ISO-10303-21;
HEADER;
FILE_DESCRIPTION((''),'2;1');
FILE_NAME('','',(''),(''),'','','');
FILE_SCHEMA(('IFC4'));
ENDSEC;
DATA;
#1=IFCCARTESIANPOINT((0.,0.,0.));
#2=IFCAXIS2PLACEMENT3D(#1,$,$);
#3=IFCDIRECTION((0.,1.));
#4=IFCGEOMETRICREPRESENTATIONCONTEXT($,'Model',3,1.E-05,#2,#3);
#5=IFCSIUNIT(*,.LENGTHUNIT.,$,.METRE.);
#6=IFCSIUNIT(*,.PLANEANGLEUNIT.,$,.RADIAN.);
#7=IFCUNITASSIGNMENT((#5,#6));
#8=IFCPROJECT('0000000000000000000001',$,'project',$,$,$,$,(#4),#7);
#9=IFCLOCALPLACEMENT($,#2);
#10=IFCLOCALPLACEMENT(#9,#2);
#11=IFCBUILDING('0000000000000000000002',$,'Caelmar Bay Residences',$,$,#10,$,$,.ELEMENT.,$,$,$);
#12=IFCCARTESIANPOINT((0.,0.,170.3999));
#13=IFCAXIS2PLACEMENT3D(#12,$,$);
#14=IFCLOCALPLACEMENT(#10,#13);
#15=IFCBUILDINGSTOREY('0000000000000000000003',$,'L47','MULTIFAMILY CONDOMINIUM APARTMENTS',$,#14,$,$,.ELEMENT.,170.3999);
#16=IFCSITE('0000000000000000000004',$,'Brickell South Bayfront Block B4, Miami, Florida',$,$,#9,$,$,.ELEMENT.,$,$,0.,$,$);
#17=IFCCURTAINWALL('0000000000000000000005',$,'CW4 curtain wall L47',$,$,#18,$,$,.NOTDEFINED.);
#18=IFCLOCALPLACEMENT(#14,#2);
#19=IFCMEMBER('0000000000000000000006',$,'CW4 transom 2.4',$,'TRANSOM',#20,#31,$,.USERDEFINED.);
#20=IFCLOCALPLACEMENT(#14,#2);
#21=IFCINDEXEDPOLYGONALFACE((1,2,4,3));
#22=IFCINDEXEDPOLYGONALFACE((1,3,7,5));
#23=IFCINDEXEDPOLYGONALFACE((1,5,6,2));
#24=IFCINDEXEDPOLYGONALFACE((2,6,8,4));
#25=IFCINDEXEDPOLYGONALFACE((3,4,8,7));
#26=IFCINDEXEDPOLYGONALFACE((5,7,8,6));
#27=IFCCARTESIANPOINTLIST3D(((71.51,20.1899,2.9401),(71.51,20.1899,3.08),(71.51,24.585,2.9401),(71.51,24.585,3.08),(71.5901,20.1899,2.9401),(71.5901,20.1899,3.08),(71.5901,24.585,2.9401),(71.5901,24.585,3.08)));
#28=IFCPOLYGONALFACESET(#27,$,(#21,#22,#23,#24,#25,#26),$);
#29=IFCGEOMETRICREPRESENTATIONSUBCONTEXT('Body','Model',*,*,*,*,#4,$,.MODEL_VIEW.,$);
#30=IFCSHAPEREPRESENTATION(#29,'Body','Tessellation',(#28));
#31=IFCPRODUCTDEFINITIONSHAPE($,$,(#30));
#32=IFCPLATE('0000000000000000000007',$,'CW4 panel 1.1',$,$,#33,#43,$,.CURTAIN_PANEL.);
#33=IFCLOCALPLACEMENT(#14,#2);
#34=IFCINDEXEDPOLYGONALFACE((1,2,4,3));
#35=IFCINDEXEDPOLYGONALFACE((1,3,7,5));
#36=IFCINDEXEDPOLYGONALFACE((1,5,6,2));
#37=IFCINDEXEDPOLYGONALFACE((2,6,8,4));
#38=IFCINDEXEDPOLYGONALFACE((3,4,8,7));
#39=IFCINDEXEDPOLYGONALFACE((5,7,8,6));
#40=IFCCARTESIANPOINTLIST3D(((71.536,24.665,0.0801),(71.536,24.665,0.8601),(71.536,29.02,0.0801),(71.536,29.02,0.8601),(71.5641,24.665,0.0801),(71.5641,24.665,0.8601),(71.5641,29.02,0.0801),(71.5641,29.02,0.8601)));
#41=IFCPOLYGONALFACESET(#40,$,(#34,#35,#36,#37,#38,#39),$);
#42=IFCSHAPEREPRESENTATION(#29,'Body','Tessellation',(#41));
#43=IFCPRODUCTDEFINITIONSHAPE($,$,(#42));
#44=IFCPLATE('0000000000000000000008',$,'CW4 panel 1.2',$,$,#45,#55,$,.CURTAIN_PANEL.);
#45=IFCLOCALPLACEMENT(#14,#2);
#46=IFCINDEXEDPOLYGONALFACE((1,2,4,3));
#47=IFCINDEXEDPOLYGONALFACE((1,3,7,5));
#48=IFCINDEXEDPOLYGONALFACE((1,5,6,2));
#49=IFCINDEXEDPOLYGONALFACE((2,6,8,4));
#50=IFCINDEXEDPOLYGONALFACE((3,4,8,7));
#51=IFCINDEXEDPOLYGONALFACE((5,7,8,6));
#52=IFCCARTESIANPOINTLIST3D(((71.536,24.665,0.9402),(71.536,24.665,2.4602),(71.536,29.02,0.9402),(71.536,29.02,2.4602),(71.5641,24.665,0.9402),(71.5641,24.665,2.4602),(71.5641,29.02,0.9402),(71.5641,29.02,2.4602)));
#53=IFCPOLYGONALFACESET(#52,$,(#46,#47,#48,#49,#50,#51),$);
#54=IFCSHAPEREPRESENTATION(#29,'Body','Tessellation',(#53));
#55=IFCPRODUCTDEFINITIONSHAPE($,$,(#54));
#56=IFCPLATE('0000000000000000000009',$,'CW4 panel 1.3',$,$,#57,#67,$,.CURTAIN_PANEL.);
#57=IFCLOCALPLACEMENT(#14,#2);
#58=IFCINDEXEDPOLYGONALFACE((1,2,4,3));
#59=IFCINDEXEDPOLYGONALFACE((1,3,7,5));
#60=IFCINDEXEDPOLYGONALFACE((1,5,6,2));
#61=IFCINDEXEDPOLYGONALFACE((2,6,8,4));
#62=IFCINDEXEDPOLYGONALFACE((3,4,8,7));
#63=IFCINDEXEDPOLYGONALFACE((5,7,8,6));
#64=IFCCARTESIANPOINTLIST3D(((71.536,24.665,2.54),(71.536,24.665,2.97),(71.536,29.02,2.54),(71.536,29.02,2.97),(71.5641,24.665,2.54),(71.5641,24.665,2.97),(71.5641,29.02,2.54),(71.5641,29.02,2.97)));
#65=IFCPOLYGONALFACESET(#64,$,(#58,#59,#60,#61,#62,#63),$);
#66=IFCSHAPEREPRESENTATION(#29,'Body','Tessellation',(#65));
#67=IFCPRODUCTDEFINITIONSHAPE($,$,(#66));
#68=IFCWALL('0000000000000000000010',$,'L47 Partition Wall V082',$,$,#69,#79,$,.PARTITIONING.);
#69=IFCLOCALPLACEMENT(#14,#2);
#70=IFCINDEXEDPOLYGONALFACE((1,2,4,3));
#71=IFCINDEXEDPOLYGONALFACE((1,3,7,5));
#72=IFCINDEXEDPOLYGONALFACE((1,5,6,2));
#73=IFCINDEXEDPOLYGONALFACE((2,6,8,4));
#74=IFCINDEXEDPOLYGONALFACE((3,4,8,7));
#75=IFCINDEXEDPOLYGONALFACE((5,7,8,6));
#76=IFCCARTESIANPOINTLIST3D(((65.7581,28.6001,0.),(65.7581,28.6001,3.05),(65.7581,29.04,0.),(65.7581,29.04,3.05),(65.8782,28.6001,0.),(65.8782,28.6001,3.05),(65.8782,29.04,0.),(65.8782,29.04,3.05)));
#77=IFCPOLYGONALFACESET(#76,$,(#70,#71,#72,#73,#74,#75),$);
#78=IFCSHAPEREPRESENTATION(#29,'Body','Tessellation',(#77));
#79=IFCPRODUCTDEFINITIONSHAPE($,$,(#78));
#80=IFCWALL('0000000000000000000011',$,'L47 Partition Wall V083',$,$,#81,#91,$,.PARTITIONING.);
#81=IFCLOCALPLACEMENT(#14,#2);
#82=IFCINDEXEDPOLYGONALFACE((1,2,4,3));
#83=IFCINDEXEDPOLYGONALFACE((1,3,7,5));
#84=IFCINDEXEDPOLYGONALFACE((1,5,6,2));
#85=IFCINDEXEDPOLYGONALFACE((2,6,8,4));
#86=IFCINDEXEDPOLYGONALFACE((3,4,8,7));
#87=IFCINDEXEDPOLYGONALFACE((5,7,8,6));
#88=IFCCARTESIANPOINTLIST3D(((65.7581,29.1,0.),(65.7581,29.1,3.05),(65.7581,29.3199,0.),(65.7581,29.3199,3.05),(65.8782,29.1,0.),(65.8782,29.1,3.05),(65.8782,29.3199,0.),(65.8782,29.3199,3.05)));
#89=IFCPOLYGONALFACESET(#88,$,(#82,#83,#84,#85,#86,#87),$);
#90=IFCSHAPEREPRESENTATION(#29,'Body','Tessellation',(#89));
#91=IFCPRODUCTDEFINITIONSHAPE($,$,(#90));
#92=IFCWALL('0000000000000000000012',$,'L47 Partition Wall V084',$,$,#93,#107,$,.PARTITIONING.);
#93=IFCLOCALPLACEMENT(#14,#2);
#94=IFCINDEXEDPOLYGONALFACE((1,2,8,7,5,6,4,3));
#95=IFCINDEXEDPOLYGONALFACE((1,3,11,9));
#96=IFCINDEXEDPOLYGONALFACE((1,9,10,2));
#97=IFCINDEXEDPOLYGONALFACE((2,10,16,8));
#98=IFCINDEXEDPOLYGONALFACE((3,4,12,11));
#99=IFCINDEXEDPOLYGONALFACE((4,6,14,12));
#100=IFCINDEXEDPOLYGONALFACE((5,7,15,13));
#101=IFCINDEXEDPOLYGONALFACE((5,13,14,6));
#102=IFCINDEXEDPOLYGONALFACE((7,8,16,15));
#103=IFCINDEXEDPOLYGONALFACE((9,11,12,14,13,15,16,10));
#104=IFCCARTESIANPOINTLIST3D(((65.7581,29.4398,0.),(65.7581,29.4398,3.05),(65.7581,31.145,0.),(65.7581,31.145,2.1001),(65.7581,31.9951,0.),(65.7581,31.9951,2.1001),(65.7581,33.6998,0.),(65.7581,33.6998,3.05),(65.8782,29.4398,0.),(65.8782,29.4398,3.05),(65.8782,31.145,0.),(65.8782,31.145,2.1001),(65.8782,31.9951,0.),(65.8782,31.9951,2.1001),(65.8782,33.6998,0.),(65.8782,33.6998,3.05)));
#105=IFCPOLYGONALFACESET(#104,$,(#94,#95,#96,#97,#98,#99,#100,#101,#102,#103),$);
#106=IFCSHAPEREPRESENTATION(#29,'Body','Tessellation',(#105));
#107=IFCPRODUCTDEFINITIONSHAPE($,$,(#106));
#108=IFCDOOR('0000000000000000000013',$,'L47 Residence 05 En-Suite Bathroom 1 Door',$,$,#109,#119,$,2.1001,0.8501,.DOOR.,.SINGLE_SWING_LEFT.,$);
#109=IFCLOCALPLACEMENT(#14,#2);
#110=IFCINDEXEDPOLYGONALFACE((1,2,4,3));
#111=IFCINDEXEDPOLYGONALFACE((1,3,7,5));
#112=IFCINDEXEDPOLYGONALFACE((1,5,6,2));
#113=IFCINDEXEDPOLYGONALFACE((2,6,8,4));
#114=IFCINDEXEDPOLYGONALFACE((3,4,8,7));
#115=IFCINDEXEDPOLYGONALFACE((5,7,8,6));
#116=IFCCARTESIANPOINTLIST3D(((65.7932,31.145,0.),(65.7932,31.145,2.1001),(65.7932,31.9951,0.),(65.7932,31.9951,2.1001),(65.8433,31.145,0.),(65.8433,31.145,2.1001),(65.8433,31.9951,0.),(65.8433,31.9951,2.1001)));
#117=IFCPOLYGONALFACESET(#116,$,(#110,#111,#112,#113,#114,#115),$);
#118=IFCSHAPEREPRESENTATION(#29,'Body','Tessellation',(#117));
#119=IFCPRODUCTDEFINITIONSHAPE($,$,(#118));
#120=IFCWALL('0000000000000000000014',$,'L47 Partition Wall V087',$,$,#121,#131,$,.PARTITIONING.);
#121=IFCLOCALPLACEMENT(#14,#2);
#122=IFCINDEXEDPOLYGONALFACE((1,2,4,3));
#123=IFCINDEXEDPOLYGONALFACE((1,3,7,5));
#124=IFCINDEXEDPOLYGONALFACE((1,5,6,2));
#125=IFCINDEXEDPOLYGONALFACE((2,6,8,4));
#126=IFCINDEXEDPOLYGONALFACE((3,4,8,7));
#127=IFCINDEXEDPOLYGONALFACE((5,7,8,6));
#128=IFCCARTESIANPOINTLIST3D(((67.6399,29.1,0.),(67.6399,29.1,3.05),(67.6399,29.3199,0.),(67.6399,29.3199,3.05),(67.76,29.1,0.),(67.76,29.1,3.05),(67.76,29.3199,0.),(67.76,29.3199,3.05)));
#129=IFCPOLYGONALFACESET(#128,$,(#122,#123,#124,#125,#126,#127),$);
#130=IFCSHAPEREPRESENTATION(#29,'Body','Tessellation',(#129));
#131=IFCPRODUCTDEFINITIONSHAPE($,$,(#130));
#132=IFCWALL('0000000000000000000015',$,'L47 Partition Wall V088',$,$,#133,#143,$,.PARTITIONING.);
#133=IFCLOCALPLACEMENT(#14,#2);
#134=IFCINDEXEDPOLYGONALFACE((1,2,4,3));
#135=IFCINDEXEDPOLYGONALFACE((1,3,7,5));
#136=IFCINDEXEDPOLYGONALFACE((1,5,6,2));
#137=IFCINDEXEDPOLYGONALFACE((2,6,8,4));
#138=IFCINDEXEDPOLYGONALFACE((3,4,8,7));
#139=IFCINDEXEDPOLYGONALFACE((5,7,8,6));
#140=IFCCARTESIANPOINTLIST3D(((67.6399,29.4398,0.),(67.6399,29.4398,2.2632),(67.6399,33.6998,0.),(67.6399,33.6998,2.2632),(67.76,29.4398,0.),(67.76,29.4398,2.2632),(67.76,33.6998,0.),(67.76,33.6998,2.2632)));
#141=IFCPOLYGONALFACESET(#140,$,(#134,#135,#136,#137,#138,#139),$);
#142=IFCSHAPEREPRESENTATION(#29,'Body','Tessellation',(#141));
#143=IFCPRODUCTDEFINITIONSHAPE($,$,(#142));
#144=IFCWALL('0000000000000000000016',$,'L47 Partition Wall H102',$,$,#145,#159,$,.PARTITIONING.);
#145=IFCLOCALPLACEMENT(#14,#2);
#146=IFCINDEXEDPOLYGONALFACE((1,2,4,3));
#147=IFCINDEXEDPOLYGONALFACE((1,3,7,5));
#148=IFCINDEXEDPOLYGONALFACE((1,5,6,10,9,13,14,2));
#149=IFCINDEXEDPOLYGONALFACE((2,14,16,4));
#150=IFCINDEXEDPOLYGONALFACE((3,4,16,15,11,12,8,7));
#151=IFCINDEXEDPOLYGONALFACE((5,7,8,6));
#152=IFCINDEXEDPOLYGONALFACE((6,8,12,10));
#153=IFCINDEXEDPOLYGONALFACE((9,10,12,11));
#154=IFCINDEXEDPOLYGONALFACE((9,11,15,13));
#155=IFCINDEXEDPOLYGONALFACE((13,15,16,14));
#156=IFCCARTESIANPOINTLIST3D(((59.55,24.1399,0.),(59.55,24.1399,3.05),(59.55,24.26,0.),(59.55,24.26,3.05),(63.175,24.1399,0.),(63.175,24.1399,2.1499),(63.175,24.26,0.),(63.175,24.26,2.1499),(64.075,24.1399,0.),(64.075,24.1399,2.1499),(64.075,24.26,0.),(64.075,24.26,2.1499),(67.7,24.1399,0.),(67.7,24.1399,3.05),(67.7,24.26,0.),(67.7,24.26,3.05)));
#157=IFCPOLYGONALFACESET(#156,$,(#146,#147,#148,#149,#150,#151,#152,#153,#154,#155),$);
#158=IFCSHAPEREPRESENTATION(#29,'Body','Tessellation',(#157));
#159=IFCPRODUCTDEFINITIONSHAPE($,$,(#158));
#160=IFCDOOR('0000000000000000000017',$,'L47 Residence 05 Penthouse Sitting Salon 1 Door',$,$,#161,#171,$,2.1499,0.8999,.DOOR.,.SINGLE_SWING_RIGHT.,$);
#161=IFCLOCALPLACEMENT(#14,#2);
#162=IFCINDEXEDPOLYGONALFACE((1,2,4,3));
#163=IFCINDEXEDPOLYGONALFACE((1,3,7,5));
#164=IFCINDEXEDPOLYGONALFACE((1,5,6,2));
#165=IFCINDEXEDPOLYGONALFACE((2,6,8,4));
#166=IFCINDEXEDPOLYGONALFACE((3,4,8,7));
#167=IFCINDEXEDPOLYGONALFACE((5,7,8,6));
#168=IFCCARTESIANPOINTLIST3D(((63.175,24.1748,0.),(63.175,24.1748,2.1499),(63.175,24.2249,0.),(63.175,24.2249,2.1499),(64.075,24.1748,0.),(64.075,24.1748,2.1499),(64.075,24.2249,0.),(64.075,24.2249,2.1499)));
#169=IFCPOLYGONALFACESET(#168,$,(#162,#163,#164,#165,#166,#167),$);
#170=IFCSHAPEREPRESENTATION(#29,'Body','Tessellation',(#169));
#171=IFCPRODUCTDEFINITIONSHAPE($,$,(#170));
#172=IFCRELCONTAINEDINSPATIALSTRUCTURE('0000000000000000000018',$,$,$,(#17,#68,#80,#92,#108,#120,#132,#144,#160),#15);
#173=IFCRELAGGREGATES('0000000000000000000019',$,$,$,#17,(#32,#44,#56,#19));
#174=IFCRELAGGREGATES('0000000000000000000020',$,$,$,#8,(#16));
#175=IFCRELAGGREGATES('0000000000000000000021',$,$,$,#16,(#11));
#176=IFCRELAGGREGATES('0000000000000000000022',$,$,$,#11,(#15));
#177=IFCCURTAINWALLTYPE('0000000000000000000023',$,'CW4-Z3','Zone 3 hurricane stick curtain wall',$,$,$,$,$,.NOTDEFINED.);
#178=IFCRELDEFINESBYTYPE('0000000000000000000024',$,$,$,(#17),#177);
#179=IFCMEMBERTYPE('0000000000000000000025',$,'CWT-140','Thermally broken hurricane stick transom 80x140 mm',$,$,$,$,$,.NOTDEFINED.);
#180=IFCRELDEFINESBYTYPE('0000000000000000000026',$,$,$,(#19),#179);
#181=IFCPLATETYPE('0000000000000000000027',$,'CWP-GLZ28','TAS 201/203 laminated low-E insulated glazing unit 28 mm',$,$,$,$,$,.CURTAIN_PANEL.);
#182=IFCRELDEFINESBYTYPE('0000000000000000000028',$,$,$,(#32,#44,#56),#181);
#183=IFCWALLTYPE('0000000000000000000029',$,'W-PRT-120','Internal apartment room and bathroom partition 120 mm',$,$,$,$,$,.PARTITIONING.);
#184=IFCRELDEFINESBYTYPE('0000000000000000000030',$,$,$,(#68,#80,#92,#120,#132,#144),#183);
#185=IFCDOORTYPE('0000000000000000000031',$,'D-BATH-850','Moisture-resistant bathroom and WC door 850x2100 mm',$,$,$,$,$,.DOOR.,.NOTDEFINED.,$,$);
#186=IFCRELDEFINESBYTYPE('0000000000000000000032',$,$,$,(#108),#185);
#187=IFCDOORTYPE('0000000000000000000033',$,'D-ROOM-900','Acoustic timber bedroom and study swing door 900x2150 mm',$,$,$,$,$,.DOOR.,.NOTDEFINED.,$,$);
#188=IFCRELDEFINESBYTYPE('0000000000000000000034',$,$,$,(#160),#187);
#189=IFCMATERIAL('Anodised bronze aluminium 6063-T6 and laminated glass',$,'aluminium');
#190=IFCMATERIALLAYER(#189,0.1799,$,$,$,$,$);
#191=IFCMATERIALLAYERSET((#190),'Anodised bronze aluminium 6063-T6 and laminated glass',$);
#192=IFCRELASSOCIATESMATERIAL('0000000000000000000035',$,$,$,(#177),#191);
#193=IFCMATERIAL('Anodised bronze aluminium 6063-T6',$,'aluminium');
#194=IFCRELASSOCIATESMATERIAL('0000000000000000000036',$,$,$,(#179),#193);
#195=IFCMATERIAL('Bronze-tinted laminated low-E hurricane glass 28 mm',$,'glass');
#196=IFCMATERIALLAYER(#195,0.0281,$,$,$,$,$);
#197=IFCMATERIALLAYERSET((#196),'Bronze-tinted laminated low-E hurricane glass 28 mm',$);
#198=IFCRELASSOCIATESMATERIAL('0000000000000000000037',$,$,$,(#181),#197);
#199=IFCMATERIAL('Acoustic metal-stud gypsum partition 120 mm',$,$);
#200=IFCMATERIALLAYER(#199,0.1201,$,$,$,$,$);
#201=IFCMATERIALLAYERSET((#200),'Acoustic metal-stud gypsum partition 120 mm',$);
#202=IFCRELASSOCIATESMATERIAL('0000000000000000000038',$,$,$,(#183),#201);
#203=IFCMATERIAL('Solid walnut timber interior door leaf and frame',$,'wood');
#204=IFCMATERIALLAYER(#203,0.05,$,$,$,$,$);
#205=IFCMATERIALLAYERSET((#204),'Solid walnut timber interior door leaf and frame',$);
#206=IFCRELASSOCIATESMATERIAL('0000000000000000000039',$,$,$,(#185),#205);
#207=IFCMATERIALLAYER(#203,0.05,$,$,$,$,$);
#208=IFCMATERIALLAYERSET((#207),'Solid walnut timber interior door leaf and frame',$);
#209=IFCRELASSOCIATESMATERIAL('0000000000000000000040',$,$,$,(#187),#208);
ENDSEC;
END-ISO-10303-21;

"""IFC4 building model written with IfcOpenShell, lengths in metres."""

from ifc_helpers import new_model, si_unit, direction, frame, frame_2d, origin, origin_2d, place, context, subcontext, project, spatial, rectangle, extrude, material, layer, layer_set, material_profile, profile_set, type_object, element, fill, aggregate, save


model = new_model("IFC4")

# Units and contexts
model_context = context("Model", 3, precision=1e-05, world=origin(), true_north=direction((0.0, 1.0)))
body_context = subcontext(model_context, "Body", "Model", "MODEL_VIEW")
ifc_project = project(units=[si_unit("LENGTHUNIT", "METRE"), si_unit("PLANEANGLEUNIT", "RADIAN")], contexts=[model_context])

# Site, building, storey
site_placement = place(None, origin())
site = spatial("IfcSite", under=ifc_project, at=site_placement, Name="Brickell South Bayfront Block B4, Miami, Florida", CompositionType="ELEMENT", RefElevation=0.0)
building_placement = place(site_placement, origin())
building = spatial("IfcBuilding", under=site, at=building_placement, Name="Caelmar Bay Residences", CompositionType="ELEMENT")
storey_placement = place(building_placement, frame((0.0, 0.0, 170.3999)))
storey = spatial("IfcBuildingStorey", under=building, at=storey_placement, Name="L47", Description="MULTIFAMILY CONDOMINIUM APARTMENTS", CompositionType="ELEMENT", Elevation=170.3999)

# Curtain wall, member, plates
ifc_material_1 = material(Name="Anodised bronze aluminium 6063-T6 and laminated glass", Category="aluminium")
ifc_layer_1 = layer(ifc_material_1, 0.1799)
ifc_layer_set_1 = layer_set([ifc_layer_1], Name="Anodised bronze aluminium 6063-T6 and laminated glass")
curtain_wall_type = type_object("IfcCurtainWallType", Name="CW4-Z3", Description="Zone 3 hurricane stick curtain wall", PredefinedType="NOTDEFINED", material=ifc_layer_set_1)
curtain_wall_placement = place(storey_placement, origin())
curtain_wall = element("IfcCurtainWall", 1, at=curtain_wall_placement, inside=storey, type_object=curtain_wall_type, Name="CW4 curtain wall L47", PredefinedType="NOTDEFINED")
ifc_material_2 = material(Name="Anodised bronze aluminium 6063-T6", Category="aluminium")
ifc_material_profile_1 = material_profile(ifc_material_2, rectangle(XDim=0.0801, YDim=0.1399, at=origin_2d()), Name="CWT-80X140")
ifc_profile_set_1 = profile_set([ifc_material_profile_1], Name="Anodised bronze aluminium 6063-T6")
member_type_1 = type_object("IfcMemberType", Name="CWT-140", Description="Thermally broken hurricane stick transom 80x140 mm", PredefinedType="NOTDEFINED", material=ifc_profile_set_1)
member_1_placement = place(storey_placement, frame((71.55, 24.585, 3.01), z_axis=(0.0, -1.0, 0.0), x_axis=(1.0, 0.0, 0.0)))
member_1 = element("IfcMember", 2, at=member_1_placement, type_object=member_type_1, Name="CW4 transom 2.4", ObjectType="TRANSOM", PredefinedType="USERDEFINED", context=body_context, shape_type="SweptSolid", body=[
    extrude(rectangle(XDim=0.0801, YDim=0.1399, at=origin_2d()), origin(), (0.0, 0.0, 1.0), 4.395),
])
ifc_material_3 = material(Name="Bronze-tinted laminated low-E hurricane glass 28 mm", Category="glass")
ifc_layer_2 = layer(ifc_material_3, 0.0281)
ifc_layer_set_2 = layer_set([ifc_layer_2], Name="Bronze-tinted laminated low-E hurricane glass 28 mm")
plate_type = type_object("IfcPlateType", Name="CWP-GLZ28", Description="TAS 201/203 laminated low-E insulated glazing unit 28 mm", PredefinedType="CURTAIN_PANEL", material=ifc_layer_set_2)
plate_1_placement = place(storey_placement, frame((71.55, 26.8425, 0.0801), z_axis=(0.0, 0.0, 1.0), x_axis=(0.0, -1.0, 0.0)))
plate_1 = element("IfcPlate", 3, at=plate_1_placement, type_object=plate_type, Name="CW4 panel 1.1", PredefinedType="CURTAIN_PANEL", context=body_context, shape_type="SweptSolid", body=[
    extrude(rectangle(XDim=4.355, YDim=0.0281, at=origin_2d()), origin(), (0.0, 0.0, 1.0), 0.78),
])
plate_2_placement = place(storey_placement, frame((71.55, 26.8425, 0.9402), z_axis=(0.0, 0.0, 1.0), x_axis=(0.0, -1.0, 0.0)))
plate_2 = element("IfcPlate", 4, at=plate_2_placement, type_object=plate_type, Name="CW4 panel 1.2", PredefinedType="CURTAIN_PANEL", context=body_context, shape_type="SweptSolid", body=[
    extrude(rectangle(XDim=4.355, YDim=0.0281, at=origin_2d()), origin(), (0.0, 0.0, 1.0), 1.52),
])
plate_3_placement = place(storey_placement, frame((71.55, 26.8425, 2.54), z_axis=(0.0, 0.0, 1.0), x_axis=(0.0, -1.0, 0.0)))
plate_3 = element("IfcPlate", 5, at=plate_3_placement, type_object=plate_type, Name="CW4 panel 1.3", PredefinedType="CURTAIN_PANEL", context=body_context, shape_type="SweptSolid", body=[
    extrude(rectangle(XDim=4.355, YDim=0.0281, at=origin_2d()), origin(), (0.0, 0.0, 1.0), 0.4299),
])
aggregate(curtain_wall, [plate_1, plate_2, plate_3, member_1])

# Walls
ifc_material_4 = material(Name="Acoustic metal-stud gypsum partition 120 mm")
ifc_layer_3 = layer(ifc_material_4, 0.1201)
ifc_layer_set_3 = layer_set([ifc_layer_3], Name="Acoustic metal-stud gypsum partition 120 mm")
wall_type = type_object("IfcWallType", Name="W-PRT-120", Description="Internal apartment room and bathroom partition 120 mm", PredefinedType="PARTITIONING", material=ifc_layer_set_3)
wall_1_placement = place(storey_placement, frame((65.8181, 28.6001, 0.0), z_axis=(0.0, 0.0, 1.0), x_axis=(0.0, 1.0, 0.0)))
element("IfcWall", 6, at=wall_1_placement, inside=storey, type_object=wall_type, Name="L47 Partition Wall V082", PredefinedType="PARTITIONING", context=body_context, shape_type="SweptSolid", body=[
    extrude(rectangle(XDim=0.4399, YDim=0.1201, at=frame_2d((0.22, 0.0))), origin(), (0.0, 0.0, 1.0), 3.05),
])
wall_2_placement = place(storey_placement, frame((65.8181, 29.1001, 0.0), z_axis=(0.0, 0.0, 1.0), x_axis=(0.0, 1.0, 0.0)))
element("IfcWall", 7, at=wall_2_placement, inside=storey, type_object=wall_type, Name="L47 Partition Wall V083", PredefinedType="PARTITIONING", context=body_context, shape_type="SweptSolid", body=[
    extrude(rectangle(XDim=0.22, YDim=0.1201, at=frame_2d((0.1099, 0.0))), origin(), (0.0, 0.0, 1.0), 3.05),
])

# Wall, opening, door
wall_3_placement = place(storey_placement, frame((65.8181, 29.4399, 0.0), z_axis=(0.0, 0.0, 1.0), x_axis=(0.0, 1.0, 0.0)))
wall_3 = element("IfcWall", 8, at=wall_3_placement, inside=storey, type_object=wall_type, Name="L47 Partition Wall V084", PredefinedType="PARTITIONING", context=body_context, shape_type="SweptSolid", body=[
    extrude(rectangle(XDim=4.26, YDim=0.1201, at=frame_2d((2.1299, 0.0))), origin(), (0.0, 0.0, 1.0), 3.05),
])
opening_1_placement = place(wall_3_placement, frame((1.7051, 0.0, 0.0)))
opening_1 = element("IfcOpeningElement", 9, at=opening_1_placement, cuts=wall_3, PredefinedType="OPENING", context=body_context, shape_type="SweptSolid", body=[
    extrude(rectangle(XDim=0.8501, YDim=2.1001, at=frame_2d((0.425, 1.05))), frame((0.0, 0.0701, 0.0), z_axis=(0.0, -1.0, 0.0), x_axis=(1.0, 0.0, 0.0)), (0.0, 0.0, 1.0), 0.1401),
])
ifc_material_5 = material(Name="Solid walnut timber interior door leaf and frame", Category="wood")
ifc_layer_4 = layer(ifc_material_5, 0.05)
ifc_layer_set_4 = layer_set([ifc_layer_4], Name="Solid walnut timber interior door leaf and frame")
door_type_1 = type_object("IfcDoorType", Name="D-BATH-850", Description="Moisture-resistant bathroom and WC door 850x2100 mm", OperationType="NOTDEFINED", PredefinedType="DOOR", material=ifc_layer_set_4)
door_1_placement = place(opening_1_placement, origin())
door_1 = element("IfcDoor", 10, at=door_1_placement, inside=storey, type_object=door_type_1, Name="L47 Residence 05 En-Suite Bathroom 1 Door", OperationType="SINGLE_SWING_LEFT", OverallHeight=2.1001, OverallWidth=0.8501, PredefinedType="DOOR", context=body_context, shape_type="SweptSolid", body=[
    extrude(rectangle(XDim=0.8501, YDim=2.1001, at=frame_2d((0.425, 1.05))), frame((0.0, 0.0249, 0.0), z_axis=(0.0, -1.0, 0.0), x_axis=(1.0, 0.0, 0.0)), (0.0, 0.0, 1.0), 0.05),
])
fill(opening_1, door_1)
ifc_layer_5 = layer(ifc_material_5, 0.05)
ifc_layer_set_5 = layer_set([ifc_layer_5], Name="Solid walnut timber interior door leaf and frame")
door_type_2 = type_object("IfcDoorType", Name="D-ROOM-900", Description="Acoustic timber bedroom and study swing door 900x2150 mm", OperationType="NOTDEFINED", PredefinedType="DOOR", material=ifc_layer_set_5)

# Walls
wall_4_placement = place(storey_placement, frame((67.7, 29.1001, 0.0), z_axis=(0.0, 0.0, 1.0), x_axis=(0.0, 1.0, 0.0)))
element("IfcWall", 11, at=wall_4_placement, inside=storey, type_object=wall_type, Name="L47 Partition Wall V087", PredefinedType="PARTITIONING", context=body_context, shape_type="SweptSolid", body=[
    extrude(rectangle(XDim=0.22, YDim=0.1201, at=frame_2d((0.1099, 0.0))), origin(), (0.0, 0.0, 1.0), 3.05),
])
wall_5_placement = place(storey_placement, frame((67.7, 29.4399, 0.0), z_axis=(0.0, 0.0, 1.0), x_axis=(0.0, 1.0, 0.0)))
element("IfcWall", 12, at=wall_5_placement, inside=storey, type_object=wall_type, Name="L47 Partition Wall V088", PredefinedType="PARTITIONING", context=body_context, shape_type="SweptSolid", body=[
    extrude(rectangle(XDim=4.26, YDim=0.1201, at=frame_2d((2.1299, 0.0))), origin(), (0.0, 0.0, 1.0), 2.2632),
])

# Wall, opening, door
wall_6_placement = place(storey_placement, frame((59.55, 24.2, 0.0), z_axis=(0.0, 0.0, 1.0), x_axis=(1.0, 0.0, 0.0)))
wall_6 = element("IfcWall", 13, at=wall_6_placement, inside=storey, type_object=wall_type, Name="L47 Partition Wall H102", PredefinedType="PARTITIONING", context=body_context, shape_type="SweptSolid", body=[
    extrude(rectangle(XDim=8.1499, YDim=0.1201, at=frame_2d((4.075, 0.0))), origin(), (0.0, 0.0, 1.0), 3.05),
])
opening_2_placement = place(wall_6_placement, frame((3.625, 0.0, 0.0)))
opening_2 = element("IfcOpeningElement", 14, at=opening_2_placement, cuts=wall_6, PredefinedType="OPENING", context=body_context, shape_type="SweptSolid", body=[
    extrude(rectangle(XDim=0.8999, YDim=2.1499, at=frame_2d((0.45, 1.075))), frame((0.0, 0.0701, 0.0), z_axis=(0.0, -1.0, 0.0), x_axis=(1.0, 0.0, 0.0)), (0.0, 0.0, 1.0), 0.1401),
])
door_2_placement = place(opening_2_placement, origin())
door_2 = element("IfcDoor", 15, at=door_2_placement, inside=storey, type_object=door_type_2, Name="L47 Residence 05 Penthouse Sitting Salon 1 Door", OperationType="SINGLE_SWING_RIGHT", OverallHeight=2.1499, OverallWidth=0.8999, PredefinedType="DOOR", context=body_context, shape_type="SweptSolid", body=[
    extrude(rectangle(XDim=0.8999, YDim=2.1499, at=frame_2d((0.45, 1.075))), frame((0.0, 0.0249, 0.0), z_axis=(0.0, -1.0, 0.0), x_axis=(1.0, 0.0, 0.0)), (0.0, 0.0, 1.0), 0.05),
])
fill(opening_2, door_2)

save(model, "model.ifc")
